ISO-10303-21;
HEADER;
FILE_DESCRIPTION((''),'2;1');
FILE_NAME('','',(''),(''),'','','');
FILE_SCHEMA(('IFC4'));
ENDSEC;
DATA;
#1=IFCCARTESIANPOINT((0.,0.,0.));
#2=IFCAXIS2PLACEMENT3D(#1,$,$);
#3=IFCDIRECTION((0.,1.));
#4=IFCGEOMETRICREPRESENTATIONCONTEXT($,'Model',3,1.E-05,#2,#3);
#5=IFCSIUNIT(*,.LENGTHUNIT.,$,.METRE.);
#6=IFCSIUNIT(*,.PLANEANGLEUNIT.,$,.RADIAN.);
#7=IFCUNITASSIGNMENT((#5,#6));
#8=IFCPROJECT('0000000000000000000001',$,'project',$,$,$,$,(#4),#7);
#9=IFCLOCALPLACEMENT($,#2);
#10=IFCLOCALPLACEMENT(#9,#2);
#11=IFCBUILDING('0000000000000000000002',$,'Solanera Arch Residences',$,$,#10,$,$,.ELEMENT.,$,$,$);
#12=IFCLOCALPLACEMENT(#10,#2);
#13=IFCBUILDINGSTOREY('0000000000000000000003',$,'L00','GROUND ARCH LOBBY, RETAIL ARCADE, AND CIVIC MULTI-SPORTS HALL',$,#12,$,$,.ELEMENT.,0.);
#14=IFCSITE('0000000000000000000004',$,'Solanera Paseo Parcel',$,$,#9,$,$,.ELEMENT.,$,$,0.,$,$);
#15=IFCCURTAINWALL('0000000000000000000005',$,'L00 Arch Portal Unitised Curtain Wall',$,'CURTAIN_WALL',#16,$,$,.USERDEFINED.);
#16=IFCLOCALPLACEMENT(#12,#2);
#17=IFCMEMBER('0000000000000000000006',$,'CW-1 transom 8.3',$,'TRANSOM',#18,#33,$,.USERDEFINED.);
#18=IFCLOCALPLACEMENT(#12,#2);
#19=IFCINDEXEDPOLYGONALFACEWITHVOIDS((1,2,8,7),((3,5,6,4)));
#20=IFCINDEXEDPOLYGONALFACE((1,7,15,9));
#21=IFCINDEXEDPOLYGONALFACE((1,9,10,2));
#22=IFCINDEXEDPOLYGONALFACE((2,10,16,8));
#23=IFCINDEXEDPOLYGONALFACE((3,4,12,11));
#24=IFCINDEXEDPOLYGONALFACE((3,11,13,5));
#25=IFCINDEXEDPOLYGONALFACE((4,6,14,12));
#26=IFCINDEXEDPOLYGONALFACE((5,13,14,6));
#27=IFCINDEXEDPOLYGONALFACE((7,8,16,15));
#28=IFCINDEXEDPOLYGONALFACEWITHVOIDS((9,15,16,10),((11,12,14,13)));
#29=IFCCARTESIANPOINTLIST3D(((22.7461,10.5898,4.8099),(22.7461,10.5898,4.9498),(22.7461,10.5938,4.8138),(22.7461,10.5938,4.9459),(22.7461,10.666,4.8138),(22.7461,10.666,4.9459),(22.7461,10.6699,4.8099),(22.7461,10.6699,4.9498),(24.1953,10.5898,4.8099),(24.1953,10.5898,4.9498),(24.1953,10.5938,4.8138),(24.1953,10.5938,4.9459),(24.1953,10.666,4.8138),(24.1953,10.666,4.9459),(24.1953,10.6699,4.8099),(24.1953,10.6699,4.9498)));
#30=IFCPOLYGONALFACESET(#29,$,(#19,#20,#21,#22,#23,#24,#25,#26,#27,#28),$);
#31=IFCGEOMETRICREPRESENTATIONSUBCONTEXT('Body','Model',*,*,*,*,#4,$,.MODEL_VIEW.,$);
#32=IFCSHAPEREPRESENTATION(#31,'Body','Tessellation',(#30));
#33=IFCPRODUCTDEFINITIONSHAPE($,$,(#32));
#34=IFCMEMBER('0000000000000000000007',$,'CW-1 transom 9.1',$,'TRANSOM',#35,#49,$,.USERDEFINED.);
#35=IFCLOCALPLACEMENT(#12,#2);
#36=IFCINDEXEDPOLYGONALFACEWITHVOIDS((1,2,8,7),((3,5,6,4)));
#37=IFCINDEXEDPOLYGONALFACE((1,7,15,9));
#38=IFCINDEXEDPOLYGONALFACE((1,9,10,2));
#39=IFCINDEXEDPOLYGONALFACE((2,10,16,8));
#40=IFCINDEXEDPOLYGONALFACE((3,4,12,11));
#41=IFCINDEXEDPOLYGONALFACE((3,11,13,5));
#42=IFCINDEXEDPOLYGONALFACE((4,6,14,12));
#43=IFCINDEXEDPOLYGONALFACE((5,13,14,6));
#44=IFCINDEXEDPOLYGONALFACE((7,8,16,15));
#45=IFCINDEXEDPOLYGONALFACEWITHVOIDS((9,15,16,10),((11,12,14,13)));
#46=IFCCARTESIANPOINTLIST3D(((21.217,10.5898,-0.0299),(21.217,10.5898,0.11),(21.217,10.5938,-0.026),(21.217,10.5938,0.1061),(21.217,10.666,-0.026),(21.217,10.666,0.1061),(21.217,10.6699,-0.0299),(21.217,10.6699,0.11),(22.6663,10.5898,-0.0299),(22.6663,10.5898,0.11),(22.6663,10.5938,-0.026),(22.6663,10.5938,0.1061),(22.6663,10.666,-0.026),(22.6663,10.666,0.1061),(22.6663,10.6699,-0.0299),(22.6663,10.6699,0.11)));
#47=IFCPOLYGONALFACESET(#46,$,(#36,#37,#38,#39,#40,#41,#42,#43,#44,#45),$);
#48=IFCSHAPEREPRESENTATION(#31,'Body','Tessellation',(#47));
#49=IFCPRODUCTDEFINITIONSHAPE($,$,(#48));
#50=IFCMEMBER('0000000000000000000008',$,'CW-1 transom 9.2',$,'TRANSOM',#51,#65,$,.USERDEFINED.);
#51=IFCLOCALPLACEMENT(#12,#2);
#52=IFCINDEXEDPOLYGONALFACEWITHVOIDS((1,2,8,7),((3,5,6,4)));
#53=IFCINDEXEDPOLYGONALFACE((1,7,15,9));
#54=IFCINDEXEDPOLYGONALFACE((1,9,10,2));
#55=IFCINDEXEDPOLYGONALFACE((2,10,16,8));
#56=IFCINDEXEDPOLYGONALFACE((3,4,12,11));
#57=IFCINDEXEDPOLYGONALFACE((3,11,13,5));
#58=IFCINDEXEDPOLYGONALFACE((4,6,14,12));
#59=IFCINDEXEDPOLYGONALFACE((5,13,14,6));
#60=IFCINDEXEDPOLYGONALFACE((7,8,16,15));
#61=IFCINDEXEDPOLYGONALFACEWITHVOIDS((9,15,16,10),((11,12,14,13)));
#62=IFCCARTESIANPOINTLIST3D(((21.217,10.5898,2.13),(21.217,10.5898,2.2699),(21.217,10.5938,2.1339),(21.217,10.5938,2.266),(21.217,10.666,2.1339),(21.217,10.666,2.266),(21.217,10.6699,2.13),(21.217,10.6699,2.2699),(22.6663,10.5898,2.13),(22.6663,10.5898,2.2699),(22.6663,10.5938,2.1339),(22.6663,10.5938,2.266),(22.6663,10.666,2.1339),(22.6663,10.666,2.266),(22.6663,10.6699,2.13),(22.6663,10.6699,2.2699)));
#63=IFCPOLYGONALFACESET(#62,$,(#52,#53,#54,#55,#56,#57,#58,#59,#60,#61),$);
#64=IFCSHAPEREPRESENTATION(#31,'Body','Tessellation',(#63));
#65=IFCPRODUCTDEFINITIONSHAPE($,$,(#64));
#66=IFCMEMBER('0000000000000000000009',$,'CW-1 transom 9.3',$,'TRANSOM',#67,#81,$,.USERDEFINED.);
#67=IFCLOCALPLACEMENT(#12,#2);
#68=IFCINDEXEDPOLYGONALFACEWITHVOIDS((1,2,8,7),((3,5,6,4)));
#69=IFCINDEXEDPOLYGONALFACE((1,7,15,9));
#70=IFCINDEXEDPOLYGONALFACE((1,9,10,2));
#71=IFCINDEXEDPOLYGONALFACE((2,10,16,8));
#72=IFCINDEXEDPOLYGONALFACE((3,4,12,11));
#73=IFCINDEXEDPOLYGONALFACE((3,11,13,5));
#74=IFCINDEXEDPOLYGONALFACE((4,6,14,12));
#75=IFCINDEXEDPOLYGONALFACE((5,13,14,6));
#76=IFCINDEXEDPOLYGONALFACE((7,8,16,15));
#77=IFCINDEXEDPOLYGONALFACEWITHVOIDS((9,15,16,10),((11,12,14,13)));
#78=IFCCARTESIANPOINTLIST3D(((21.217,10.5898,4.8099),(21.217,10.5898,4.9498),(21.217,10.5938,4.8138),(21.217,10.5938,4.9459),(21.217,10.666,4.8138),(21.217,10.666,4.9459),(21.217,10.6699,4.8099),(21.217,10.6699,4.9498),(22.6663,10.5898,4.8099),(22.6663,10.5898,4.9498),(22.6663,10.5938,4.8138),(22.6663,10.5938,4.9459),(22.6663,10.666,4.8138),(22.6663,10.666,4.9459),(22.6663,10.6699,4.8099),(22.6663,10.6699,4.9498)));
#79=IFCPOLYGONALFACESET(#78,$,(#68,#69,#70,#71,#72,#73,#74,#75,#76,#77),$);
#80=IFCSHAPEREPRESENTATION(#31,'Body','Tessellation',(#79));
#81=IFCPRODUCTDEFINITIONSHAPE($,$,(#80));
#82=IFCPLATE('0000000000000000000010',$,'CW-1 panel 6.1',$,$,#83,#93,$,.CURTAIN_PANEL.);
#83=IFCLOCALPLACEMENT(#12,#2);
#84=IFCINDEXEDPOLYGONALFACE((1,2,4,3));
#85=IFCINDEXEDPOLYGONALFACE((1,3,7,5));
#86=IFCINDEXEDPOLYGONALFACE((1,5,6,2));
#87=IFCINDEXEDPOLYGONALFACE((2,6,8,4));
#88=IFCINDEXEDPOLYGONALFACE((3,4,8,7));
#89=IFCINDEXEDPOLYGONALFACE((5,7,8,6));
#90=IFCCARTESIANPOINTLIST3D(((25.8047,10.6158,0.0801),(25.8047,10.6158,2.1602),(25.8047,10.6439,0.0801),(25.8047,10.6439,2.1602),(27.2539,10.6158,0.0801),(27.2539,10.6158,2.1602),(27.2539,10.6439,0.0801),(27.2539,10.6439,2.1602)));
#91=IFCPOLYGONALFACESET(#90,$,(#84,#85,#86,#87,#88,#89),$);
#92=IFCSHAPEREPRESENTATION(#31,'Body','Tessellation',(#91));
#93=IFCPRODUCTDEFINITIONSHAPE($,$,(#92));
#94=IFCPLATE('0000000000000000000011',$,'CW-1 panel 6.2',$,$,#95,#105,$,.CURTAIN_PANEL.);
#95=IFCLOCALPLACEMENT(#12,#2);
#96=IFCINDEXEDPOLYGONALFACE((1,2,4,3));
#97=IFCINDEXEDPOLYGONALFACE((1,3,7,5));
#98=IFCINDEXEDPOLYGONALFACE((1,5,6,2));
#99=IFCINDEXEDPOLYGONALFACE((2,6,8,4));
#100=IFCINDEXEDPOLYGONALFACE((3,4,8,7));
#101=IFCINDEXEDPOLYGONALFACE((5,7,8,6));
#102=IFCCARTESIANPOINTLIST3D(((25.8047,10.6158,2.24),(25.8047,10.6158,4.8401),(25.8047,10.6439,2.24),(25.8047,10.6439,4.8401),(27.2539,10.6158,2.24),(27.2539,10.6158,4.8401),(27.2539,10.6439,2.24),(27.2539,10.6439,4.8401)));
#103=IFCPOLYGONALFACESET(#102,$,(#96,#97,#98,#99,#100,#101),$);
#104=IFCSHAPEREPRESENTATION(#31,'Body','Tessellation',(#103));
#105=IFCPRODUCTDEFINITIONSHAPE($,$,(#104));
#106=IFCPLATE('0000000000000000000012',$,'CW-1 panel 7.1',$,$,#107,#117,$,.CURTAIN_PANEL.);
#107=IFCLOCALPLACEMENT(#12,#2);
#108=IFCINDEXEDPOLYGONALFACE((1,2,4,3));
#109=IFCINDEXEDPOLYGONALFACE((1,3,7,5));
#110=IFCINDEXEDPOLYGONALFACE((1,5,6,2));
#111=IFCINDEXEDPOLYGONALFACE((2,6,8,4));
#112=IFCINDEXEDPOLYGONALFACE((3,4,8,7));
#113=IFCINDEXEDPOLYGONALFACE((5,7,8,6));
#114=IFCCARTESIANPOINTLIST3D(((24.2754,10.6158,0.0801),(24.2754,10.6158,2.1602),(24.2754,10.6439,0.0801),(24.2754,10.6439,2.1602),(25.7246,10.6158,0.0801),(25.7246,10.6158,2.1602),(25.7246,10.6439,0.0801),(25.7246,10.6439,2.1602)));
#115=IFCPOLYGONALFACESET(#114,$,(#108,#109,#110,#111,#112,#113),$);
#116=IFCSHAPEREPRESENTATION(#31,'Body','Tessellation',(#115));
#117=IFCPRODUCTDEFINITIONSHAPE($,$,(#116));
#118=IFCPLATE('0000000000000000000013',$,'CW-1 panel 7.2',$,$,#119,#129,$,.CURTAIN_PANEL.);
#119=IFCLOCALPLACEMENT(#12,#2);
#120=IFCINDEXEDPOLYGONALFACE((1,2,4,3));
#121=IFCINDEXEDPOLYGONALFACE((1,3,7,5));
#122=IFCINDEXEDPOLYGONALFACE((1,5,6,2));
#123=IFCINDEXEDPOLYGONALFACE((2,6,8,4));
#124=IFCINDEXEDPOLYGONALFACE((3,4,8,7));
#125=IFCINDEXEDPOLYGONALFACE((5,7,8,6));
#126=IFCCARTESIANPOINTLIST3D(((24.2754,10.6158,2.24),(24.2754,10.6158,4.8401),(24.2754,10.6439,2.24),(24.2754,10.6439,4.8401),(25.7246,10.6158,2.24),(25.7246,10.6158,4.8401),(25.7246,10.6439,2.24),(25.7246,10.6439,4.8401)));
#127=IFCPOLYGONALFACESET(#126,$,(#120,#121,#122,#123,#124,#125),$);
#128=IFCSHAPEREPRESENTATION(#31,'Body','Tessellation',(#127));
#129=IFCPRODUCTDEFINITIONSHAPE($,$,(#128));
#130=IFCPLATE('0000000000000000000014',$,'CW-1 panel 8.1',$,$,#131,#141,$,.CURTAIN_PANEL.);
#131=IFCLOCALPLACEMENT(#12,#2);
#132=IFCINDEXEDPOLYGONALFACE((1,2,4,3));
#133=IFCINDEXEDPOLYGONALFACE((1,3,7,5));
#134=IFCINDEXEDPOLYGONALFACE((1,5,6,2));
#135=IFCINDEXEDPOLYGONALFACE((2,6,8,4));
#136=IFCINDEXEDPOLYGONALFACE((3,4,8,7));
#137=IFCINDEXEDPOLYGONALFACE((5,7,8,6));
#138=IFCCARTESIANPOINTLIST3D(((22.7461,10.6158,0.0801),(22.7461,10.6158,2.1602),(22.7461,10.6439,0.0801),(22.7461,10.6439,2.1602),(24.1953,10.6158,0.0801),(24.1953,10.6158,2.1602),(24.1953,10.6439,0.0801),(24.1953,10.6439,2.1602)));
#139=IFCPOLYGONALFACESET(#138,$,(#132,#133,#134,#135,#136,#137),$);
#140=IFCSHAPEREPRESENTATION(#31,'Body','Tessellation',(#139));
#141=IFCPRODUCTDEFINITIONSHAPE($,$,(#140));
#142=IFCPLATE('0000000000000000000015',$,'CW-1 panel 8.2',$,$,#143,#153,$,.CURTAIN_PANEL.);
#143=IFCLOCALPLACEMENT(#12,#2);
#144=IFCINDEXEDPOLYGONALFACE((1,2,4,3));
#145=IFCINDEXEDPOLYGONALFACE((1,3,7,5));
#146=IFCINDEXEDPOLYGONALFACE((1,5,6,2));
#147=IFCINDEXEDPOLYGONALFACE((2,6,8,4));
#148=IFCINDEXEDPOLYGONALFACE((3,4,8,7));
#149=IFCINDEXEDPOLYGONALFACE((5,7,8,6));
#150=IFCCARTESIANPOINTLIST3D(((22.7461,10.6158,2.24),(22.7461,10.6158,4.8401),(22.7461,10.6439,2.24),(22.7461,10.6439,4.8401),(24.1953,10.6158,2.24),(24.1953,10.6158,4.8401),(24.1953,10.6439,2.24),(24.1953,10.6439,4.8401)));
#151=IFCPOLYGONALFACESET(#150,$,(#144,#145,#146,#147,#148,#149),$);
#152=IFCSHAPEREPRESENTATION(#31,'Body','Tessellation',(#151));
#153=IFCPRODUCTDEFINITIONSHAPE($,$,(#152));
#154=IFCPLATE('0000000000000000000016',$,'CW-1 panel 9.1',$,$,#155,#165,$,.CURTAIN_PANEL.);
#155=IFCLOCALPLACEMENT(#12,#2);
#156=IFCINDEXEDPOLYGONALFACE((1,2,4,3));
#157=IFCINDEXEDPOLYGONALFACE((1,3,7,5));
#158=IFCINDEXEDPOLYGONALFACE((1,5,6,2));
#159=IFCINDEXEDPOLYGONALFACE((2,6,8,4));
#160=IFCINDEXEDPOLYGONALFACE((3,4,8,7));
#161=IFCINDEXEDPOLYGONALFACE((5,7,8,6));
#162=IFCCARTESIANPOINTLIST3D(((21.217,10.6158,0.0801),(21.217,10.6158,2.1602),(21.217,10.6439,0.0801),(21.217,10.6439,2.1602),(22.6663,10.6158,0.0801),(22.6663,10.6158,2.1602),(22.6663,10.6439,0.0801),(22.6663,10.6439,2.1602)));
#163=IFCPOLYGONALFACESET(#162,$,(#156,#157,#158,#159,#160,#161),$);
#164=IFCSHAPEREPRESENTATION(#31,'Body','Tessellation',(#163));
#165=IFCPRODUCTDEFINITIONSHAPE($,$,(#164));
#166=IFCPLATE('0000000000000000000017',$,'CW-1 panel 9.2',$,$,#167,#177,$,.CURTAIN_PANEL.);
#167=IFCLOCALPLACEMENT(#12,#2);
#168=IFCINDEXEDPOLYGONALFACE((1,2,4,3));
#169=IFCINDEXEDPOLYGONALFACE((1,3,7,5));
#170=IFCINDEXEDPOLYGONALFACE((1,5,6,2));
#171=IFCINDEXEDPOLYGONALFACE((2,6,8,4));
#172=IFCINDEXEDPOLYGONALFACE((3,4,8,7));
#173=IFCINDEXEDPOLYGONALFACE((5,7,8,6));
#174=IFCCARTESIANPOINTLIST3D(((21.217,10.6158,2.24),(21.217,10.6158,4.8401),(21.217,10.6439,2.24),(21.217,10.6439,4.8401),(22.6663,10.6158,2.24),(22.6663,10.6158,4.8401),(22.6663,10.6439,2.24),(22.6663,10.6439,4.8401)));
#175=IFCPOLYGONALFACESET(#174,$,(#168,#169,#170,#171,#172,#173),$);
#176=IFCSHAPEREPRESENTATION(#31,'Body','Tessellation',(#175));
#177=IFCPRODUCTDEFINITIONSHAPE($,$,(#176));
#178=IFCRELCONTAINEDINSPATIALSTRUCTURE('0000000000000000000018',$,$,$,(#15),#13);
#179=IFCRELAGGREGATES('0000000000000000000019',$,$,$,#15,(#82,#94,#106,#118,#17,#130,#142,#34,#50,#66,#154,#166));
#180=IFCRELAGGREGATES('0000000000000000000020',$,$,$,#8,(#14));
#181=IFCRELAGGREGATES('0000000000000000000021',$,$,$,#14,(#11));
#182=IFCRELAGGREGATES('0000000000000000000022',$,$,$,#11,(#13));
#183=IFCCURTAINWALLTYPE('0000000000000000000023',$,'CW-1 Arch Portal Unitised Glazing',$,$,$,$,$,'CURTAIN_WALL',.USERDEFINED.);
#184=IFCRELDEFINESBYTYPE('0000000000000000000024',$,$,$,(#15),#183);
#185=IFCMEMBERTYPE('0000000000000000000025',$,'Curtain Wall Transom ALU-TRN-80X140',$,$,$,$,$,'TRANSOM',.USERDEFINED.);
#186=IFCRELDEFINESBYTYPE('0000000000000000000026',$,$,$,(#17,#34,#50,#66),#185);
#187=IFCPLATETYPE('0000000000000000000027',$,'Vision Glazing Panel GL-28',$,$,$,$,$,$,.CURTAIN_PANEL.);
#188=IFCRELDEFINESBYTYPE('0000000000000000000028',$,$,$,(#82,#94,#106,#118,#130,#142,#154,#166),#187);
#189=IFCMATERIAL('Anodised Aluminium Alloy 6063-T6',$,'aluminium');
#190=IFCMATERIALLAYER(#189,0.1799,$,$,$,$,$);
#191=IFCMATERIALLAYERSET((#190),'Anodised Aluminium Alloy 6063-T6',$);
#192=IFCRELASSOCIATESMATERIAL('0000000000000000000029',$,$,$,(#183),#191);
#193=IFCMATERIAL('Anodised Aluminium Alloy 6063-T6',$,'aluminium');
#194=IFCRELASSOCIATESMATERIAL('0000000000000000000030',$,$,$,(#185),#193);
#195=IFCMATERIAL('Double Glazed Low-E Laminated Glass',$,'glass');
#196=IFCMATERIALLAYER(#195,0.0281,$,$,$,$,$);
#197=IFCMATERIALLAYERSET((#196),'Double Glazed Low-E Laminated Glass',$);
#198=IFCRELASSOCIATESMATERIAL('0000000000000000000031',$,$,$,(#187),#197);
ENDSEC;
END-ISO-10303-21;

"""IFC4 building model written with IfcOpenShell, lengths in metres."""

from ifc_helpers import new_model, si_unit, direction, frame, origin, origin_2d, place, context, subcontext, project, spatial, rectangle, hollow_rectangle, extrude, material, layer, layer_set, material_profile, profile_set, type_object, element, aggregate, save


model = new_model("IFC4")

# Units and contexts
model_context = context("Model", 3, precision=1e-05, world=origin(), true_north=direction((0.0, 1.0)))
body_context = subcontext(model_context, "Body", "Model", "MODEL_VIEW")
ifc_project = project(units=[si_unit("LENGTHUNIT", "METRE"), si_unit("PLANEANGLEUNIT", "RADIAN")], contexts=[model_context])

# Site, building, storey
site_placement = place(None, origin())
site = spatial("IfcSite", under=ifc_project, at=site_placement, Name="Solanera Paseo Parcel", CompositionType="ELEMENT", RefElevation=0.0)
building_placement = place(site_placement, origin())
building = spatial("IfcBuilding", under=site, at=building_placement, Name="Solanera Arch Residences", CompositionType="ELEMENT")
storey_placement = place(building_placement, origin())
storey = spatial("IfcBuildingStorey", under=building, at=storey_placement, Name="L00", Description="GROUND ARCH LOBBY, RETAIL ARCADE, AND CIVIC MULTI-SPORTS HALL", CompositionType="ELEMENT", Elevation=0.0)

# Curtain wall, members, plates
ifc_material_1 = material(Name="Anodised Aluminium Alloy 6063-T6", Category="aluminium")
ifc_layer_1 = layer(ifc_material_1, 0.1799)
ifc_layer_set_1 = layer_set([ifc_layer_1], Name="Anodised Aluminium Alloy 6063-T6")
curtain_wall_type = type_object("IfcCurtainWallType", Name="CW-1 Arch Portal Unitised Glazing", ElementType="CURTAIN_WALL", PredefinedType="USERDEFINED", material=ifc_layer_set_1)
curtain_wall_placement = place(storey_placement, origin())
curtain_wall = element("IfcCurtainWall", 1, at=curtain_wall_placement, inside=storey, type_object=curtain_wall_type, Name="L00 Arch Portal Unitised Curtain Wall", ObjectType="CURTAIN_WALL", PredefinedType="USERDEFINED")
ifc_material_2 = material(Name="Anodised Aluminium Alloy 6063-T6", Category="aluminium")
ifc_material_profile_1 = material_profile(ifc_material_2, hollow_rectangle(XDim=0.0801, YDim=0.1399, WallThickness=0.0039, at=origin_2d()))
ifc_profile_set_1 = profile_set([ifc_material_profile_1], Name="Anodised Aluminium Alloy 6063-T6")
member_type_1 = type_object("IfcMemberType", Name="Curtain Wall Transom ALU-TRN-80X140", ElementType="TRANSOM", PredefinedType="USERDEFINED", material=ifc_profile_set_1)
member_1_placement = place(storey_placement, frame((24.1953, 10.6299, 4.8799), z_axis=(-1.0, 0.0, 0.0), x_axis=(0.0, -1.0, 0.0)))
member_1 = element("IfcMember", 2, at=member_1_placement, type_object=member_type_1, Name="CW-1 transom 8.3", ObjectType="TRANSOM", PredefinedType="USERDEFINED", context=body_context, shape_type="SweptSolid", body=[
    extrude(hollow_rectangle(XDim=0.0801, YDim=0.1399, WallThickness=0.0039, at=origin_2d()), origin(), (0.0, 0.0, 1.0), 1.4492),
])
member_2_placement = place(storey_placement, frame((22.6663, 10.6299, 0.04), z_axis=(-1.0, 0.0, 0.0), x_axis=(0.0, -1.0, 0.0)))
member_2 = element("IfcMember", 3, at=member_2_placement, type_object=member_type_1, Name="CW-1 transom 9.1", ObjectType="TRANSOM", PredefinedType="USERDEFINED", context=body_context, shape_type="SweptSolid", body=[
    extrude(hollow_rectangle(XDim=0.0801, YDim=0.1399, WallThickness=0.0039, at=origin_2d()), origin(), (0.0, 0.0, 1.0), 1.4492),
])
member_3_placement = place(storey_placement, frame((22.6663, 10.6299, 2.2), z_axis=(-1.0, 0.0, 0.0), x_axis=(0.0, -1.0, 0.0)))
member_3 = element("IfcMember", 4, at=member_3_placement, type_object=member_type_1, Name="CW-1 transom 9.2", ObjectType="TRANSOM", PredefinedType="USERDEFINED", context=body_context, shape_type="SweptSolid", body=[
    extrude(hollow_rectangle(XDim=0.0801, YDim=0.1399, WallThickness=0.0039, at=origin_2d()), origin(), (0.0, 0.0, 1.0), 1.4492),
])
member_4_placement = place(storey_placement, frame((22.6663, 10.6299, 4.8799), z_axis=(-1.0, 0.0, 0.0), x_axis=(0.0, -1.0, 0.0)))
member_4 = element("IfcMember", 5, at=member_4_placement, type_object=member_type_1, Name="CW-1 transom 9.3", ObjectType="TRANSOM", PredefinedType="USERDEFINED", context=body_context, shape_type="SweptSolid", body=[
    extrude(hollow_rectangle(XDim=0.0801, YDim=0.1399, WallThickness=0.0039, at=origin_2d()), origin(), (0.0, 0.0, 1.0), 1.4492),
])
ifc_material_3 = material(Name="Double Glazed Low-E Laminated Glass", Category="glass")
ifc_layer_2 = layer(ifc_material_3, 0.0281)
ifc_layer_set_2 = layer_set([ifc_layer_2], Name="Double Glazed Low-E Laminated Glass")
plate_type = type_object("IfcPlateType", Name="Vision Glazing Panel GL-28", PredefinedType="CURTAIN_PANEL", material=ifc_layer_set_2)
plate_1_placement = place(storey_placement, frame((26.5293, 10.6299, 0.0801), z_axis=(0.0, 0.0, 1.0), x_axis=(-1.0, 0.0, 0.0)))
plate_1 = element("IfcPlate", 6, at=plate_1_placement, type_object=plate_type, Name="CW-1 panel 6.1", PredefinedType="CURTAIN_PANEL", context=body_context, shape_type="SweptSolid", body=[
    extrude(rectangle(XDim=1.4492, YDim=0.0281, at=origin_2d()), origin(), (0.0, 0.0, 1.0), 2.0801),
])
plate_2_placement = place(storey_placement, frame((26.5293, 10.6299, 2.24), z_axis=(0.0, 0.0, 1.0), x_axis=(-1.0, 0.0, 0.0)))
plate_2 = element("IfcPlate", 7, at=plate_2_placement, type_object=plate_type, Name="CW-1 panel 6.2", PredefinedType="CURTAIN_PANEL", context=body_context, shape_type="SweptSolid", body=[
    extrude(rectangle(XDim=1.4492, YDim=0.0281, at=origin_2d()), origin(), (0.0, 0.0, 1.0), 2.6001),
])
plate_3_placement = place(storey_placement, frame((25.0, 10.6299, 0.0801), z_axis=(0.0, 0.0, 1.0), x_axis=(-1.0, 0.0, 0.0)))
plate_3 = element("IfcPlate", 8, at=plate_3_placement, type_object=plate_type, Name="CW-1 panel 7.1", PredefinedType="CURTAIN_PANEL", context=body_context, shape_type="SweptSolid", body=[
    extrude(rectangle(XDim=1.4492, YDim=0.0281, at=origin_2d()), origin(), (0.0, 0.0, 1.0), 2.0801),
])
plate_4_placement = place(storey_placement, frame((25.0, 10.6299, 2.24), z_axis=(0.0, 0.0, 1.0), x_axis=(-1.0, 0.0, 0.0)))
plate_4 = element("IfcPlate", 9, at=plate_4_placement, type_object=plate_type, Name="CW-1 panel 7.2", PredefinedType="CURTAIN_PANEL", context=body_context, shape_type="SweptSolid", body=[
    extrude(rectangle(XDim=1.4492, YDim=0.0281, at=origin_2d()), origin(), (0.0, 0.0, 1.0), 2.6001),
])
plate_5_placement = place(storey_placement, frame((23.4707, 10.6299, 0.0801), z_axis=(0.0, 0.0, 1.0), x_axis=(-1.0, 0.0, 0.0)))
plate_5 = element("IfcPlate", 10, at=plate_5_placement, type_object=plate_type, Name="CW-1 panel 8.1", PredefinedType="CURTAIN_PANEL", context=body_context, shape_type="SweptSolid", body=[
    extrude(rectangle(XDim=1.4492, YDim=0.0281, at=origin_2d()), origin(), (0.0, 0.0, 1.0), 2.0801),
])
plate_6_placement = place(storey_placement, frame((23.4707, 10.6299, 2.24), z_axis=(0.0, 0.0, 1.0), x_axis=(-1.0, 0.0, 0.0)))
plate_6 = element("IfcPlate", 11, at=plate_6_placement, type_object=plate_type, Name="CW-1 panel 8.2", PredefinedType="CURTAIN_PANEL", context=body_context, shape_type="SweptSolid", body=[
    extrude(rectangle(XDim=1.4492, YDim=0.0281, at=origin_2d()), origin(), (0.0, 0.0, 1.0), 2.6001),
])
plate_7_placement = place(storey_placement, frame((21.9417, 10.6299, 0.0801), z_axis=(0.0, 0.0, 1.0), x_axis=(-1.0, 0.0, 0.0)))
plate_7 = element("IfcPlate", 12, at=plate_7_placement, type_object=plate_type, Name="CW-1 panel 9.1", PredefinedType="CURTAIN_PANEL", context=body_context, shape_type="SweptSolid", body=[
    extrude(rectangle(XDim=1.4492, YDim=0.0281, at=origin_2d()), origin(), (0.0, 0.0, 1.0), 2.0801),
])
plate_8_placement = place(storey_placement, frame((21.9417, 10.6299, 2.24), z_axis=(0.0, 0.0, 1.0), x_axis=(-1.0, 0.0, 0.0)))
plate_8 = element("IfcPlate", 13, at=plate_8_placement, type_object=plate_type, Name="CW-1 panel 9.2", PredefinedType="CURTAIN_PANEL", context=body_context, shape_type="SweptSolid", body=[
    extrude(rectangle(XDim=1.4492, YDim=0.0281, at=origin_2d()), origin(), (0.0, 0.0, 1.0), 2.6001),
])
aggregate(curtain_wall, [plate_1, plate_2, plate_3, plate_4, member_1, plate_5, plate_6, member_2, member_3, member_4, plate_7, plate_8])

save(model, "model.ifc")
